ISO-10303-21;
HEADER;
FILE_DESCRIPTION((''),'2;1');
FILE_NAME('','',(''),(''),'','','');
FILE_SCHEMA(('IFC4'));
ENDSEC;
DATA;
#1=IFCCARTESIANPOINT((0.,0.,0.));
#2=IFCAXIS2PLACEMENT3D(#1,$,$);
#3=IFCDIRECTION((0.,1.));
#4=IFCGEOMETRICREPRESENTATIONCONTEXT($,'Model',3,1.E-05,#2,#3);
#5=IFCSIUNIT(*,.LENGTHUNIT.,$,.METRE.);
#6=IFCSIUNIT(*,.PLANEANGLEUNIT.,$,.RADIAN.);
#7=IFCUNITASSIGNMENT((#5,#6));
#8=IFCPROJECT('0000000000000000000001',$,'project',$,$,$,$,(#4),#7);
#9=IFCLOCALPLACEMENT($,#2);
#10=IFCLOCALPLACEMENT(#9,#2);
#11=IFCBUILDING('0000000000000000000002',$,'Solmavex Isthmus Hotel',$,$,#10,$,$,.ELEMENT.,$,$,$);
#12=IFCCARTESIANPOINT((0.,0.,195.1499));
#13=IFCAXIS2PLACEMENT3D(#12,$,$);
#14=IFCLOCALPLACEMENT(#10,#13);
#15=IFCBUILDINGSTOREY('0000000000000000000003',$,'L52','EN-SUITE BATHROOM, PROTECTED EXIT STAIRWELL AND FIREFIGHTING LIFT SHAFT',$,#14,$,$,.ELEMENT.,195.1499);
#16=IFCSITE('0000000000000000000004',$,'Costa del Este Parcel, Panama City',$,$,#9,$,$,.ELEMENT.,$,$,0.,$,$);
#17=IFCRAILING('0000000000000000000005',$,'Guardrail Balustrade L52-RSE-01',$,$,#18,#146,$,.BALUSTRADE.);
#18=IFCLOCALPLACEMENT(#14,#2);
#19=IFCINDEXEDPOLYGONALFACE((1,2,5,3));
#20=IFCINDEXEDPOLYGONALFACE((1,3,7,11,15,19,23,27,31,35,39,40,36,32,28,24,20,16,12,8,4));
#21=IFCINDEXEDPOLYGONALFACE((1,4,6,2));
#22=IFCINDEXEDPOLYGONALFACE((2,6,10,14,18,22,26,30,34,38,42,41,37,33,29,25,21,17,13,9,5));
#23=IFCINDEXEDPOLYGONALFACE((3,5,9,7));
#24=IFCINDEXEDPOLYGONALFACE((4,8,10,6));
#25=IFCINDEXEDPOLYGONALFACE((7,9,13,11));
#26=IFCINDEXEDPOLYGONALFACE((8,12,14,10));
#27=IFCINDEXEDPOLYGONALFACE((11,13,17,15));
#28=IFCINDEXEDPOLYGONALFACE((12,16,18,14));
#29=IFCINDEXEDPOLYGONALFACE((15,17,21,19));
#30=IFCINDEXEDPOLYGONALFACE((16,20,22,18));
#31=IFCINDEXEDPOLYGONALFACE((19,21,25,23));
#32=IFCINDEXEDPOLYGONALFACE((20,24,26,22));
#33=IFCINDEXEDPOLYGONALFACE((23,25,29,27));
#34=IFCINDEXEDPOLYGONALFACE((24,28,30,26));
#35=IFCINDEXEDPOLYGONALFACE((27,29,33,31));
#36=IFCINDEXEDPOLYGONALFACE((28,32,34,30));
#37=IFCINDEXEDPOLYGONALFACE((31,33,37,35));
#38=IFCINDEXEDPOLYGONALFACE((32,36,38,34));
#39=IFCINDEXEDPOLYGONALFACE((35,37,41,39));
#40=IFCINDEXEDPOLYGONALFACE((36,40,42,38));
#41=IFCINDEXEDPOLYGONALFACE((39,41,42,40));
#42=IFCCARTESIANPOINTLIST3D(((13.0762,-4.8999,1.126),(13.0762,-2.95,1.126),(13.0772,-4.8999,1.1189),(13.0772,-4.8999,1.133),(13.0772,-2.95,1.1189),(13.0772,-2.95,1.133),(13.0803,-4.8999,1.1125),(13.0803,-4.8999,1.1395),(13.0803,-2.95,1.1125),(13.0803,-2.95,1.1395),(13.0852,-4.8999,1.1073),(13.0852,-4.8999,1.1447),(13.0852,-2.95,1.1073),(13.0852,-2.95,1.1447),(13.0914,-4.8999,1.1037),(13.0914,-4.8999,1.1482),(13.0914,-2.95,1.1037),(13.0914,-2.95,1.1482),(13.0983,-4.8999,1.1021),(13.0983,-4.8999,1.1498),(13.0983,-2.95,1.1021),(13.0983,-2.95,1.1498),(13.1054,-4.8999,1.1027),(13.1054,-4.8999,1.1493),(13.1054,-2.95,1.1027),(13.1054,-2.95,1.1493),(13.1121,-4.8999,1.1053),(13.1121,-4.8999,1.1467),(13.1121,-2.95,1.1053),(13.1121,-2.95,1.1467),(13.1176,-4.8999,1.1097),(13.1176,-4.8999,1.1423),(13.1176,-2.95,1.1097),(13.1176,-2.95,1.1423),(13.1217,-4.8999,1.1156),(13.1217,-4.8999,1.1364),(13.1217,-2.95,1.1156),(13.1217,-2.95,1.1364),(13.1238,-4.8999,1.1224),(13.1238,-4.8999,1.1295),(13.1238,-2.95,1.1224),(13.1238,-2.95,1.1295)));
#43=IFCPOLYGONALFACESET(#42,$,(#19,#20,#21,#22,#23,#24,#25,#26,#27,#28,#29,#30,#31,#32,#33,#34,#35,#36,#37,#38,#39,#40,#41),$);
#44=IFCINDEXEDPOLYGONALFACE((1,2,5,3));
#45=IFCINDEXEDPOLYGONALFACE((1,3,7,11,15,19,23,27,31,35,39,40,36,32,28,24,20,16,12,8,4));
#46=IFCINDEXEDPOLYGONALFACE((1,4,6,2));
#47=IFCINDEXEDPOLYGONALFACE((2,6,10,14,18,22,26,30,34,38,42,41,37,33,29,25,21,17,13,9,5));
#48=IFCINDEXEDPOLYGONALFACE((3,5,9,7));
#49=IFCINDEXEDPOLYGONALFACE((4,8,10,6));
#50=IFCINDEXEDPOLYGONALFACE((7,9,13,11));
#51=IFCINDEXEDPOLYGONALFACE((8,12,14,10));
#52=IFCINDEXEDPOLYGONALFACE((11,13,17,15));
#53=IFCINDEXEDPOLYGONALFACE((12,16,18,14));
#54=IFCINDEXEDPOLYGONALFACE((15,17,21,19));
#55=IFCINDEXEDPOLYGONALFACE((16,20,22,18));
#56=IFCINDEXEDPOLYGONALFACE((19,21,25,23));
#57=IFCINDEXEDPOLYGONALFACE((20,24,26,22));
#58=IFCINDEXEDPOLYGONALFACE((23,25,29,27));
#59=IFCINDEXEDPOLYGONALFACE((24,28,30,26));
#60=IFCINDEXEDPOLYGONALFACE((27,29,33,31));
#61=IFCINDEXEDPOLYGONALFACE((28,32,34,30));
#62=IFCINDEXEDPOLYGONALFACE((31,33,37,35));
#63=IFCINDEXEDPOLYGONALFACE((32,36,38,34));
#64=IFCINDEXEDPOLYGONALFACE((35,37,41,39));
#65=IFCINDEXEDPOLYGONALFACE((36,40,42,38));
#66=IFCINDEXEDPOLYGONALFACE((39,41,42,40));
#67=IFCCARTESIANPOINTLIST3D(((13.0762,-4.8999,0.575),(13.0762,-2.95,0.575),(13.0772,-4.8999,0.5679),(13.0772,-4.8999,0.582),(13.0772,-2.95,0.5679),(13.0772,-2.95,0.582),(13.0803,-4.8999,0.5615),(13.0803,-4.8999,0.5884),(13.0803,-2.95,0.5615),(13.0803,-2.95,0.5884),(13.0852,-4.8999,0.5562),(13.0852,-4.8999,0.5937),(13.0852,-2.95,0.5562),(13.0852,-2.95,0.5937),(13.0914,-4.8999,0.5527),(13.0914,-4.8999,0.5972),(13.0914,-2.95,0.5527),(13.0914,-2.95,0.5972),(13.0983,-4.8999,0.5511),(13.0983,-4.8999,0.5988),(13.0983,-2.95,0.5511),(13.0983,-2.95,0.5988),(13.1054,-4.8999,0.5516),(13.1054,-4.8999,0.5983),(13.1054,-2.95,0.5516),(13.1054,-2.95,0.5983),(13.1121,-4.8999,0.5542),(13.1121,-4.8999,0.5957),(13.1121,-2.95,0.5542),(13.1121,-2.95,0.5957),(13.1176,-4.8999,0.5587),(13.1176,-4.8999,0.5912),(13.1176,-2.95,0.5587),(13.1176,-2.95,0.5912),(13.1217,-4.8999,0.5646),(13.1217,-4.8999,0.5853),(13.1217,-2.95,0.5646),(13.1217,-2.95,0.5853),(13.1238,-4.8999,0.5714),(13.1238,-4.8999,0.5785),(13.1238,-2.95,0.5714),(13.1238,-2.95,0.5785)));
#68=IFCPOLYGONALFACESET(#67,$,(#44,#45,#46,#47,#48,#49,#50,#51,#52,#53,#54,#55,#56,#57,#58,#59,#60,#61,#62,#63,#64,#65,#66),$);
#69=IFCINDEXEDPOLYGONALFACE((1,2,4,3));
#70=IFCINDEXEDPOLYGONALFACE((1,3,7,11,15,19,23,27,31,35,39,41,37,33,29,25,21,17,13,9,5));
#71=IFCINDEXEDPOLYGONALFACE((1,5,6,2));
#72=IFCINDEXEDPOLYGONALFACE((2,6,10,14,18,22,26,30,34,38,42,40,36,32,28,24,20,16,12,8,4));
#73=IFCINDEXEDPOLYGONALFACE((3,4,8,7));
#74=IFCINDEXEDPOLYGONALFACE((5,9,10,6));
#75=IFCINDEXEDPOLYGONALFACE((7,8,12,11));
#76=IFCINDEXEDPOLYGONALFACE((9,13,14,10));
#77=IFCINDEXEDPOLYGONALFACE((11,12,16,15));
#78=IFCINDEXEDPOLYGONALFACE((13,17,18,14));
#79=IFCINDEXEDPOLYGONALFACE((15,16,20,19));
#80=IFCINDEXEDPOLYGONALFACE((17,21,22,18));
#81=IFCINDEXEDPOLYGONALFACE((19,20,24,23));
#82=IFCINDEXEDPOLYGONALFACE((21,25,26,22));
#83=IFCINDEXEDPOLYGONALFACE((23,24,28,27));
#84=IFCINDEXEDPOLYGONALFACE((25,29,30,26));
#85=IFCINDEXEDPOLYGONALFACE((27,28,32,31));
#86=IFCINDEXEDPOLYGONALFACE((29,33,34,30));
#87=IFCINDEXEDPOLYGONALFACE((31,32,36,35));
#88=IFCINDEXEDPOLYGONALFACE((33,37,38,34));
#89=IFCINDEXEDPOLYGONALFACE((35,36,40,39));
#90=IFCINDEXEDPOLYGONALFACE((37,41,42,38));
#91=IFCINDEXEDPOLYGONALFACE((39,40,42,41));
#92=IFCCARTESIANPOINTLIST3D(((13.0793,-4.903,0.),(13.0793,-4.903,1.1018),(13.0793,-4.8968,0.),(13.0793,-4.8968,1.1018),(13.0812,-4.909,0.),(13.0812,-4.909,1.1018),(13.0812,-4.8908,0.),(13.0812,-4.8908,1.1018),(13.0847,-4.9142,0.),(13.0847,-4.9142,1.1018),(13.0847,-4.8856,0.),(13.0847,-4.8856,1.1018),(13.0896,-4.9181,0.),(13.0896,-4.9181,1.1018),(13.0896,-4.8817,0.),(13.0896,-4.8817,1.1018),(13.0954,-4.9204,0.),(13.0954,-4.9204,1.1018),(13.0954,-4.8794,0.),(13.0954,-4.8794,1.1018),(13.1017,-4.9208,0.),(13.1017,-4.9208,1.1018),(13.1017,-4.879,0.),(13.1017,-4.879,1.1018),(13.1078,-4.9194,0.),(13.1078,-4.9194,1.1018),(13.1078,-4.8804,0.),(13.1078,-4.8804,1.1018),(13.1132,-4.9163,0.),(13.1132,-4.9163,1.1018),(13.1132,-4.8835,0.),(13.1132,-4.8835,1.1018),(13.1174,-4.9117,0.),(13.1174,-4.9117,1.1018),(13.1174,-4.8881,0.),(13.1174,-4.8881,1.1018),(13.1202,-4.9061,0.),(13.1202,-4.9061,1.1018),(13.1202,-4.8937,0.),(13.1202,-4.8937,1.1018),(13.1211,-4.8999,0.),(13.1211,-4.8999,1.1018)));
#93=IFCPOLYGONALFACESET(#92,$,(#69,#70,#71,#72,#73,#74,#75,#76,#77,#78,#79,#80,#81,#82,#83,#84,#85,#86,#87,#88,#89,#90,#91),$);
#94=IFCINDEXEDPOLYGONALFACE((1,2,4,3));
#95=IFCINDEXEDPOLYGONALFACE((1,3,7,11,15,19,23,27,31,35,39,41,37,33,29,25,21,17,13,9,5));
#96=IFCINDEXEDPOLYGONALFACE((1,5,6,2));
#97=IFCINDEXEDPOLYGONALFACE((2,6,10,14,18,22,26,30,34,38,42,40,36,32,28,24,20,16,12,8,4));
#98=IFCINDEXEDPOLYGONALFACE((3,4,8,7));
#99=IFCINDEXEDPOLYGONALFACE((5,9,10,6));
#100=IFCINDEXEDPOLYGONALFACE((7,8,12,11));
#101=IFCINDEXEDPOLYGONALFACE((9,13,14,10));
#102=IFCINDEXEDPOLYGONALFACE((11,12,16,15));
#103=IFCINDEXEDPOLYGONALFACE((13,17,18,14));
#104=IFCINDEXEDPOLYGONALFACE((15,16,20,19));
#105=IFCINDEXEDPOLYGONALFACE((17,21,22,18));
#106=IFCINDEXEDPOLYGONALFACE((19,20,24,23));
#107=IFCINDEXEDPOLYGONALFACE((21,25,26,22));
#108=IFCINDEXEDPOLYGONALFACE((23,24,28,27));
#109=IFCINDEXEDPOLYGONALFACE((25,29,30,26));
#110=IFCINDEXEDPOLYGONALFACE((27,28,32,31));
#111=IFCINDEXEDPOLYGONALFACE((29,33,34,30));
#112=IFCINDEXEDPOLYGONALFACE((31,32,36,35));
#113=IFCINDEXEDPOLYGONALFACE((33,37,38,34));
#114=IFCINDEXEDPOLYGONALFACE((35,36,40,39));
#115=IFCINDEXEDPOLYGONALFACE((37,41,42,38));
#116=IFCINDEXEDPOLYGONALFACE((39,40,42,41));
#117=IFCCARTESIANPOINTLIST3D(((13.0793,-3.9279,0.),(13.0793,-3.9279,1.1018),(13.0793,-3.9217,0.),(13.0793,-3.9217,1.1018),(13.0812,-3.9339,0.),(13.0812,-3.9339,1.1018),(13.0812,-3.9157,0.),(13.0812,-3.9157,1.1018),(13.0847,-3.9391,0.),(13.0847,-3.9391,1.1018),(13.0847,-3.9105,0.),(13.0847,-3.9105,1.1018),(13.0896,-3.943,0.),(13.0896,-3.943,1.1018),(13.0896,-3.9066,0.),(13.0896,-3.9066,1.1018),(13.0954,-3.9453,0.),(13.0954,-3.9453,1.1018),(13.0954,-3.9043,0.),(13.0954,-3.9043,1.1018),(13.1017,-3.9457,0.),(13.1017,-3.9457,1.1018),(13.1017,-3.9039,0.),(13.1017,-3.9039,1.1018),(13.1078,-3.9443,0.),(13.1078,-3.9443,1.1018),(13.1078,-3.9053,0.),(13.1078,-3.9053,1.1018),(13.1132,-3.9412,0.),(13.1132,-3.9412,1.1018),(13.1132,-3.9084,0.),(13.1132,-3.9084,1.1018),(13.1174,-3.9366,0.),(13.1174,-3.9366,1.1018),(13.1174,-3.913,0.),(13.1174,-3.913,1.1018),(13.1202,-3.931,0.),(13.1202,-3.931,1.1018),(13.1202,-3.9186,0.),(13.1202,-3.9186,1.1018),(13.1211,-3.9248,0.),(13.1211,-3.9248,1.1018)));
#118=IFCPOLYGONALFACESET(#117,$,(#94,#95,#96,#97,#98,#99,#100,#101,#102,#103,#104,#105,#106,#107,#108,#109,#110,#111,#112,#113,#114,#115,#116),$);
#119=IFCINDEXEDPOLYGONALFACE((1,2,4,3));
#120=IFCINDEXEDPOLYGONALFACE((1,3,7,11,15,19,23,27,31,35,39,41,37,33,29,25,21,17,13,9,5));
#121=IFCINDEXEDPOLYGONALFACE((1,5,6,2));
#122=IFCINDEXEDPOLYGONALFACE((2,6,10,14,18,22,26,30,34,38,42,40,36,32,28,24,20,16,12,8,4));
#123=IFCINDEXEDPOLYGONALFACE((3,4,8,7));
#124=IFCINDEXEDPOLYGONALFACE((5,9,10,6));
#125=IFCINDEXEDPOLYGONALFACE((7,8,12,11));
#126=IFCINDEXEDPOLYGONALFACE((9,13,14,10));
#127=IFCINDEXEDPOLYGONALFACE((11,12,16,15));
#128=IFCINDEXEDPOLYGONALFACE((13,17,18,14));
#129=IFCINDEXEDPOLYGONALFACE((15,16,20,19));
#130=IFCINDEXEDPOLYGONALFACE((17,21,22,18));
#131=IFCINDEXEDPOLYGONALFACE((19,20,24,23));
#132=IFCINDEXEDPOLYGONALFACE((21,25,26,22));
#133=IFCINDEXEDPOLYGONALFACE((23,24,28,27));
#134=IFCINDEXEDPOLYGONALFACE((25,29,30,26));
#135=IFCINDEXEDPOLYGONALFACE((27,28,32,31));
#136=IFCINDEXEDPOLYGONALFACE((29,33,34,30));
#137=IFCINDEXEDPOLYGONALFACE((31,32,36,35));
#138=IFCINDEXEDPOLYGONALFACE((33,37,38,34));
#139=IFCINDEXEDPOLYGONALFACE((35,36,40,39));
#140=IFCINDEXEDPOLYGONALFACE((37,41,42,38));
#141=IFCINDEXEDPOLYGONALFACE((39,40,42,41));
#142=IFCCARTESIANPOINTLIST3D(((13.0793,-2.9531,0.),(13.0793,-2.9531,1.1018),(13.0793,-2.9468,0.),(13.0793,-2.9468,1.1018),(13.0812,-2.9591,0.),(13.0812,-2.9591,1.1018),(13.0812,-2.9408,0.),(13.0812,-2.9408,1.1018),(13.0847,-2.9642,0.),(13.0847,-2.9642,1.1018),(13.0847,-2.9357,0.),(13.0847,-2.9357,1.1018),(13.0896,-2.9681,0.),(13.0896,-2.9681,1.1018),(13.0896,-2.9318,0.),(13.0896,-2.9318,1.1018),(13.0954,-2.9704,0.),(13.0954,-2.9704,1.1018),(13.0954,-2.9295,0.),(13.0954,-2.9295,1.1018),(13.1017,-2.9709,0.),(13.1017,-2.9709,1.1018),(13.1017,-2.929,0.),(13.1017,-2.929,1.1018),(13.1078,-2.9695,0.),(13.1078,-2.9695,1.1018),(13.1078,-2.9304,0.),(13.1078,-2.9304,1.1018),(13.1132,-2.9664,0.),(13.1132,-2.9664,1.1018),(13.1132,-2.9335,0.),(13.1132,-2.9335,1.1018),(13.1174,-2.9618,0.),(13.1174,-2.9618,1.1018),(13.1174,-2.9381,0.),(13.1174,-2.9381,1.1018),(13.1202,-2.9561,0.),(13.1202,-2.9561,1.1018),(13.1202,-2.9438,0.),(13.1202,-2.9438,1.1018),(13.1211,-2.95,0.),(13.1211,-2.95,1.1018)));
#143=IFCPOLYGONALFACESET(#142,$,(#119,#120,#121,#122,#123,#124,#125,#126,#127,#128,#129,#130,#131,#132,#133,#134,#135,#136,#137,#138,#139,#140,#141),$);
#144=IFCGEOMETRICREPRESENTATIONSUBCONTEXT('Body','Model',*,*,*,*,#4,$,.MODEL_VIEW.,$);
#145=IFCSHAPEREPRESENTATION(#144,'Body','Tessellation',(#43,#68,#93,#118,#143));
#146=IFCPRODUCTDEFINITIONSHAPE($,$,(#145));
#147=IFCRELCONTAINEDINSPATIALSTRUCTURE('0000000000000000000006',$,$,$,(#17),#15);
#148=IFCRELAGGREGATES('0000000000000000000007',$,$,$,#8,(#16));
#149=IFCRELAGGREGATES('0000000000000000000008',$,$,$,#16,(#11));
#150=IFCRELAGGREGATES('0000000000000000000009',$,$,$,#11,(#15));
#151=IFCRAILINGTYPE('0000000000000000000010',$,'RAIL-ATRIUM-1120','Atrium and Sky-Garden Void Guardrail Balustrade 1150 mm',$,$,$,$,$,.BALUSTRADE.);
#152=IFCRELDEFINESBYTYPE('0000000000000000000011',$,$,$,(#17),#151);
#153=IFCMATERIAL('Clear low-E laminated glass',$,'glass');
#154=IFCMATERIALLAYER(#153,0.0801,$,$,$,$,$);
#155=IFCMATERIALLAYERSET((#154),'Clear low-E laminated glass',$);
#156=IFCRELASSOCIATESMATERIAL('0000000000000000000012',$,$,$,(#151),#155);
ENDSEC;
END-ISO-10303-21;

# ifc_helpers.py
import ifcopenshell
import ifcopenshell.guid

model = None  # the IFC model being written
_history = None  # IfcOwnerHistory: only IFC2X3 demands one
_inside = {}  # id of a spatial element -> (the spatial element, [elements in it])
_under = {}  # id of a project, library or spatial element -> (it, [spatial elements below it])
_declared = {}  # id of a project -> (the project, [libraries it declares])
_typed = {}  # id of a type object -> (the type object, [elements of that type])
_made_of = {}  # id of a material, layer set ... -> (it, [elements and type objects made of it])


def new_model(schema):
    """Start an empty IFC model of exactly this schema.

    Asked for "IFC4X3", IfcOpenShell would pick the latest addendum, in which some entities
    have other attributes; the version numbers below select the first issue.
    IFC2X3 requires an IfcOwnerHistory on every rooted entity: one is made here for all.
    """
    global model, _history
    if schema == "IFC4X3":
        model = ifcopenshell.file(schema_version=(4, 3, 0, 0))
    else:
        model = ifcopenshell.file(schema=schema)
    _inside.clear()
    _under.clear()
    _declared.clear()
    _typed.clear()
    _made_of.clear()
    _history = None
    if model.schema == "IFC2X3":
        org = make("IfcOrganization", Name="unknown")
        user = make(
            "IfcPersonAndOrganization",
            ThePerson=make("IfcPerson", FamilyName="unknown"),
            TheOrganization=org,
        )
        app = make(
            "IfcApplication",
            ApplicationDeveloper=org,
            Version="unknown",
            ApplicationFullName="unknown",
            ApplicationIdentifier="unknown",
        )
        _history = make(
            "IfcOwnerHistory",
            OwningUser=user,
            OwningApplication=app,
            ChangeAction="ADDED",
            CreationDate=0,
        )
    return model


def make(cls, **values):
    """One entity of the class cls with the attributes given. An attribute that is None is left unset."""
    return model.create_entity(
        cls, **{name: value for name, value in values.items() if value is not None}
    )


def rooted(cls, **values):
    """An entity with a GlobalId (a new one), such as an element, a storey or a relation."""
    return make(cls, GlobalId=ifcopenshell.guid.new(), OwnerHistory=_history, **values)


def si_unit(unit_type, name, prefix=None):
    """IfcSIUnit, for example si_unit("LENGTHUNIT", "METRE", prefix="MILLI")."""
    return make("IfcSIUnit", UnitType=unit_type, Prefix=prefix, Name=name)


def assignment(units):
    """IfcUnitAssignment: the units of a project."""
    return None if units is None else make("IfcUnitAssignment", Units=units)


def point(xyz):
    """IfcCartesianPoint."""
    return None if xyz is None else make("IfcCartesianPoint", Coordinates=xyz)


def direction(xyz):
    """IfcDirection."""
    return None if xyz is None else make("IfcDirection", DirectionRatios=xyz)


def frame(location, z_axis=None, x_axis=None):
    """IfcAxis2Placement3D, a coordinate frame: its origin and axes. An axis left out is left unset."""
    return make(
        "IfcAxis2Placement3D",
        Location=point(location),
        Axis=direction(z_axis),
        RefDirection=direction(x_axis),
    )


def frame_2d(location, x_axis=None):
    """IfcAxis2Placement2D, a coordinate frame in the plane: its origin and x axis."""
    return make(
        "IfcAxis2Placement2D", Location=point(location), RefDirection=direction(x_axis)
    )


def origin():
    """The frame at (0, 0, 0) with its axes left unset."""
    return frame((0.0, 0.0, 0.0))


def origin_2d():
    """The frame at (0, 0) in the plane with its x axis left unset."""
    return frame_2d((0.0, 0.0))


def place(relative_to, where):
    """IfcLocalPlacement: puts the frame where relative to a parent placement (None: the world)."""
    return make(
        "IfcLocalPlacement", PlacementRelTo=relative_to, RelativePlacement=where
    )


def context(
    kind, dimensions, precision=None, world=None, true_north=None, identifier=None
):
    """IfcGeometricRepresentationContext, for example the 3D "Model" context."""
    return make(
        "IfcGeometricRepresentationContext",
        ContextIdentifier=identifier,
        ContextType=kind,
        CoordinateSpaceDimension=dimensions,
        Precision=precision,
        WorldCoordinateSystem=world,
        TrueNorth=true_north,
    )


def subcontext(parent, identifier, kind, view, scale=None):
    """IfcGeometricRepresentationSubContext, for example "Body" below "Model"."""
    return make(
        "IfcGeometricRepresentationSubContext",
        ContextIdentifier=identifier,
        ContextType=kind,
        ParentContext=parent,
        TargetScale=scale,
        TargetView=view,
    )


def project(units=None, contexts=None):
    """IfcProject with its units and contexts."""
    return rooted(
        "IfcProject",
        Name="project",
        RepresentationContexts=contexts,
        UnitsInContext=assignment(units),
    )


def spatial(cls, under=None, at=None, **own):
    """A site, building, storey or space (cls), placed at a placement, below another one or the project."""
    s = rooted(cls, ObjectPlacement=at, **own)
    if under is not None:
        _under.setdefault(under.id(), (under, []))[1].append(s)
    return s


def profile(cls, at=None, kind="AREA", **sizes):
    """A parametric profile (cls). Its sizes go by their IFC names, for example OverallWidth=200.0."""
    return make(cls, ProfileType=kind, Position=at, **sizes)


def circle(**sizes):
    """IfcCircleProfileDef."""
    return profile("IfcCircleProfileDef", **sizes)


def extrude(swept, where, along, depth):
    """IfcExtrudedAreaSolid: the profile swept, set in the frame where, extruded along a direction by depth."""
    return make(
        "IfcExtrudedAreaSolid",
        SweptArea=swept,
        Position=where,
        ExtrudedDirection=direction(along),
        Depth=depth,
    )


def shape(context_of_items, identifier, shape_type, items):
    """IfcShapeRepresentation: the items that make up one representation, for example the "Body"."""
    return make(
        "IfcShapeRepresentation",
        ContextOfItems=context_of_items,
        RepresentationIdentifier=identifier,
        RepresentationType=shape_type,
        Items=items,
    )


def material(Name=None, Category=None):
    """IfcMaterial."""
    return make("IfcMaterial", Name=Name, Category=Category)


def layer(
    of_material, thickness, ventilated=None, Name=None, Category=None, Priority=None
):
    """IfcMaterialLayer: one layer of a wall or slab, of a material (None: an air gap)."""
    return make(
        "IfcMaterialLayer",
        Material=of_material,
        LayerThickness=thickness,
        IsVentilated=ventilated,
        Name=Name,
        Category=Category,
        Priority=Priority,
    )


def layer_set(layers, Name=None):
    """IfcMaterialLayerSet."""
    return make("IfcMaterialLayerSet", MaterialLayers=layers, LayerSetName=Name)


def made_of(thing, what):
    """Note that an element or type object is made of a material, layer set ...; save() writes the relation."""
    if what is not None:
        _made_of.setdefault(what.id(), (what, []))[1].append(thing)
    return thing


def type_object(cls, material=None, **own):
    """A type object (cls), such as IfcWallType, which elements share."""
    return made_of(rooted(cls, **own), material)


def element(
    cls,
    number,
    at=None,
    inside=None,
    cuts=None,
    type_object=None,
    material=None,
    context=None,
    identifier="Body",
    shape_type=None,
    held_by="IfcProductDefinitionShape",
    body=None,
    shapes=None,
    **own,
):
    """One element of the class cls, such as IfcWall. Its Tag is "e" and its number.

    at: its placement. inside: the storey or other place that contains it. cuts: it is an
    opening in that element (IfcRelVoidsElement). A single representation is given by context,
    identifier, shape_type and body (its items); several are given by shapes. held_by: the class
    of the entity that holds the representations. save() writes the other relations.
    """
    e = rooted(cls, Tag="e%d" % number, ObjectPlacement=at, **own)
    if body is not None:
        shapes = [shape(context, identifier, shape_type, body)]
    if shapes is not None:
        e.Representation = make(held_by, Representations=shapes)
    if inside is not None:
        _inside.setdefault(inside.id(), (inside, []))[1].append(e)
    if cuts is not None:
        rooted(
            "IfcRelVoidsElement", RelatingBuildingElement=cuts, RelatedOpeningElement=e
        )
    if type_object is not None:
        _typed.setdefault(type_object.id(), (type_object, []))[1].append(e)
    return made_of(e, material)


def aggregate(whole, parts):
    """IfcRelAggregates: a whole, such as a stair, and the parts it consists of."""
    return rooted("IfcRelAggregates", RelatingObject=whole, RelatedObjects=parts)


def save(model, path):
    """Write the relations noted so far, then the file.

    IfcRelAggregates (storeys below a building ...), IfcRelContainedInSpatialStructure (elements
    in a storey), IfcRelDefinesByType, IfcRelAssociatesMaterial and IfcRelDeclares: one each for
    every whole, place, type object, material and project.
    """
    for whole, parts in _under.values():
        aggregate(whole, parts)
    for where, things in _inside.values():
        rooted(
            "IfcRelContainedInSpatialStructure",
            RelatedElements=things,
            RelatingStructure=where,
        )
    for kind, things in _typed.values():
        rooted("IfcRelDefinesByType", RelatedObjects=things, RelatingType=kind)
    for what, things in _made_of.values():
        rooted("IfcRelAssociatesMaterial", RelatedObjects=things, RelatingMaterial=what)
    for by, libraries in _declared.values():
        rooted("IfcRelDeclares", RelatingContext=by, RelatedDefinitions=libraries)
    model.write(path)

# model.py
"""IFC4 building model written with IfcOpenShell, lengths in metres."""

from ifc_helpers import new_model, si_unit, direction, frame, origin, origin_2d, place, context, subcontext, project, spatial, circle, extrude, material, layer, layer_set, type_object, element, save


model = new_model("IFC4")

# Units and contexts
model_context = context("Model", 3, precision=1e-05, world=origin(), true_north=direction((0.0, 1.0)))
body_context = subcontext(model_context, "Body", "Model", "MODEL_VIEW")
ifc_project = project(units=[si_unit("LENGTHUNIT", "METRE"), si_unit("PLANEANGLEUNIT", "RADIAN")], contexts=[model_context])

# Site, building, storey
site_placement = place(None, origin())
site = spatial("IfcSite", under=ifc_project, at=site_placement, Name="Costa del Este Parcel, Panama City", CompositionType="ELEMENT", RefElevation=0.0)
building_placement = place(site_placement, origin())
building = spatial("IfcBuilding", under=site, at=building_placement, Name="Solmavex Isthmus Hotel", CompositionType="ELEMENT")
storey_placement = place(building_placement, frame((0.0, 0.0, 195.1499)))
storey = spatial("IfcBuildingStorey", under=building, at=storey_placement, Name="L52", Description="EN-SUITE BATHROOM, PROTECTED EXIT STAIRWELL AND FIREFIGHTING LIFT SHAFT", CompositionType="ELEMENT", Elevation=195.1499)

# Shared definitions
ifc_material_1 = material(Name="Clear low-E laminated glass", Category="glass")

# Railing
ifc_layer_1 = layer(ifc_material_1, 0.0801)
ifc_layer_set_1 = layer_set([ifc_layer_1], Name="Clear low-E laminated glass")
railing_type_1 = type_object("IfcRailingType", Name="RAIL-ATRIUM-1120", Description="Atrium and Sky-Garden Void Guardrail Balustrade 1150 mm", PredefinedType="BALUSTRADE", material=ifc_layer_set_1)
railing_1_placement = place(storey_placement, frame((13.1001, -4.8999, 0.0)))
element("IfcRailing", 1, at=railing_1_placement, inside=storey, type_object=railing_type_1, Name="Guardrail Balustrade L52-RSE-01", PredefinedType="BALUSTRADE", context=body_context, shape_type="SweptSolid", body=[
    extrude(circle(Radius=0.0239, at=origin_2d()), frame((0.0, 0.0, 1.126), z_axis=(0.0, 1.0, 0.0), x_axis=(-1.0, 0.0, 0.0)), (0.0, 0.0, 1.0), 1.95),
    extrude(circle(Radius=0.0239, at=origin_2d()), frame((0.0, 0.0, 0.575), z_axis=(0.0, 1.0, 0.0), x_axis=(-1.0, 0.0, 0.0)), (0.0, 0.0, 1.0), 1.95),
    extrude(circle(Radius=0.021, at=origin_2d()), origin(), (0.0, 0.0, 1.0), 1.1018),
    extrude(circle(Radius=0.021, at=origin_2d()), frame((0.0, 0.9751, 0.0)), (0.0, 0.0, 1.0), 1.1018),
    extrude(circle(Radius=0.021, at=origin_2d()), frame((0.0, 1.95, 0.0)), (0.0, 0.0, 1.0), 1.1018),
])

save(model, "model.ifc")
